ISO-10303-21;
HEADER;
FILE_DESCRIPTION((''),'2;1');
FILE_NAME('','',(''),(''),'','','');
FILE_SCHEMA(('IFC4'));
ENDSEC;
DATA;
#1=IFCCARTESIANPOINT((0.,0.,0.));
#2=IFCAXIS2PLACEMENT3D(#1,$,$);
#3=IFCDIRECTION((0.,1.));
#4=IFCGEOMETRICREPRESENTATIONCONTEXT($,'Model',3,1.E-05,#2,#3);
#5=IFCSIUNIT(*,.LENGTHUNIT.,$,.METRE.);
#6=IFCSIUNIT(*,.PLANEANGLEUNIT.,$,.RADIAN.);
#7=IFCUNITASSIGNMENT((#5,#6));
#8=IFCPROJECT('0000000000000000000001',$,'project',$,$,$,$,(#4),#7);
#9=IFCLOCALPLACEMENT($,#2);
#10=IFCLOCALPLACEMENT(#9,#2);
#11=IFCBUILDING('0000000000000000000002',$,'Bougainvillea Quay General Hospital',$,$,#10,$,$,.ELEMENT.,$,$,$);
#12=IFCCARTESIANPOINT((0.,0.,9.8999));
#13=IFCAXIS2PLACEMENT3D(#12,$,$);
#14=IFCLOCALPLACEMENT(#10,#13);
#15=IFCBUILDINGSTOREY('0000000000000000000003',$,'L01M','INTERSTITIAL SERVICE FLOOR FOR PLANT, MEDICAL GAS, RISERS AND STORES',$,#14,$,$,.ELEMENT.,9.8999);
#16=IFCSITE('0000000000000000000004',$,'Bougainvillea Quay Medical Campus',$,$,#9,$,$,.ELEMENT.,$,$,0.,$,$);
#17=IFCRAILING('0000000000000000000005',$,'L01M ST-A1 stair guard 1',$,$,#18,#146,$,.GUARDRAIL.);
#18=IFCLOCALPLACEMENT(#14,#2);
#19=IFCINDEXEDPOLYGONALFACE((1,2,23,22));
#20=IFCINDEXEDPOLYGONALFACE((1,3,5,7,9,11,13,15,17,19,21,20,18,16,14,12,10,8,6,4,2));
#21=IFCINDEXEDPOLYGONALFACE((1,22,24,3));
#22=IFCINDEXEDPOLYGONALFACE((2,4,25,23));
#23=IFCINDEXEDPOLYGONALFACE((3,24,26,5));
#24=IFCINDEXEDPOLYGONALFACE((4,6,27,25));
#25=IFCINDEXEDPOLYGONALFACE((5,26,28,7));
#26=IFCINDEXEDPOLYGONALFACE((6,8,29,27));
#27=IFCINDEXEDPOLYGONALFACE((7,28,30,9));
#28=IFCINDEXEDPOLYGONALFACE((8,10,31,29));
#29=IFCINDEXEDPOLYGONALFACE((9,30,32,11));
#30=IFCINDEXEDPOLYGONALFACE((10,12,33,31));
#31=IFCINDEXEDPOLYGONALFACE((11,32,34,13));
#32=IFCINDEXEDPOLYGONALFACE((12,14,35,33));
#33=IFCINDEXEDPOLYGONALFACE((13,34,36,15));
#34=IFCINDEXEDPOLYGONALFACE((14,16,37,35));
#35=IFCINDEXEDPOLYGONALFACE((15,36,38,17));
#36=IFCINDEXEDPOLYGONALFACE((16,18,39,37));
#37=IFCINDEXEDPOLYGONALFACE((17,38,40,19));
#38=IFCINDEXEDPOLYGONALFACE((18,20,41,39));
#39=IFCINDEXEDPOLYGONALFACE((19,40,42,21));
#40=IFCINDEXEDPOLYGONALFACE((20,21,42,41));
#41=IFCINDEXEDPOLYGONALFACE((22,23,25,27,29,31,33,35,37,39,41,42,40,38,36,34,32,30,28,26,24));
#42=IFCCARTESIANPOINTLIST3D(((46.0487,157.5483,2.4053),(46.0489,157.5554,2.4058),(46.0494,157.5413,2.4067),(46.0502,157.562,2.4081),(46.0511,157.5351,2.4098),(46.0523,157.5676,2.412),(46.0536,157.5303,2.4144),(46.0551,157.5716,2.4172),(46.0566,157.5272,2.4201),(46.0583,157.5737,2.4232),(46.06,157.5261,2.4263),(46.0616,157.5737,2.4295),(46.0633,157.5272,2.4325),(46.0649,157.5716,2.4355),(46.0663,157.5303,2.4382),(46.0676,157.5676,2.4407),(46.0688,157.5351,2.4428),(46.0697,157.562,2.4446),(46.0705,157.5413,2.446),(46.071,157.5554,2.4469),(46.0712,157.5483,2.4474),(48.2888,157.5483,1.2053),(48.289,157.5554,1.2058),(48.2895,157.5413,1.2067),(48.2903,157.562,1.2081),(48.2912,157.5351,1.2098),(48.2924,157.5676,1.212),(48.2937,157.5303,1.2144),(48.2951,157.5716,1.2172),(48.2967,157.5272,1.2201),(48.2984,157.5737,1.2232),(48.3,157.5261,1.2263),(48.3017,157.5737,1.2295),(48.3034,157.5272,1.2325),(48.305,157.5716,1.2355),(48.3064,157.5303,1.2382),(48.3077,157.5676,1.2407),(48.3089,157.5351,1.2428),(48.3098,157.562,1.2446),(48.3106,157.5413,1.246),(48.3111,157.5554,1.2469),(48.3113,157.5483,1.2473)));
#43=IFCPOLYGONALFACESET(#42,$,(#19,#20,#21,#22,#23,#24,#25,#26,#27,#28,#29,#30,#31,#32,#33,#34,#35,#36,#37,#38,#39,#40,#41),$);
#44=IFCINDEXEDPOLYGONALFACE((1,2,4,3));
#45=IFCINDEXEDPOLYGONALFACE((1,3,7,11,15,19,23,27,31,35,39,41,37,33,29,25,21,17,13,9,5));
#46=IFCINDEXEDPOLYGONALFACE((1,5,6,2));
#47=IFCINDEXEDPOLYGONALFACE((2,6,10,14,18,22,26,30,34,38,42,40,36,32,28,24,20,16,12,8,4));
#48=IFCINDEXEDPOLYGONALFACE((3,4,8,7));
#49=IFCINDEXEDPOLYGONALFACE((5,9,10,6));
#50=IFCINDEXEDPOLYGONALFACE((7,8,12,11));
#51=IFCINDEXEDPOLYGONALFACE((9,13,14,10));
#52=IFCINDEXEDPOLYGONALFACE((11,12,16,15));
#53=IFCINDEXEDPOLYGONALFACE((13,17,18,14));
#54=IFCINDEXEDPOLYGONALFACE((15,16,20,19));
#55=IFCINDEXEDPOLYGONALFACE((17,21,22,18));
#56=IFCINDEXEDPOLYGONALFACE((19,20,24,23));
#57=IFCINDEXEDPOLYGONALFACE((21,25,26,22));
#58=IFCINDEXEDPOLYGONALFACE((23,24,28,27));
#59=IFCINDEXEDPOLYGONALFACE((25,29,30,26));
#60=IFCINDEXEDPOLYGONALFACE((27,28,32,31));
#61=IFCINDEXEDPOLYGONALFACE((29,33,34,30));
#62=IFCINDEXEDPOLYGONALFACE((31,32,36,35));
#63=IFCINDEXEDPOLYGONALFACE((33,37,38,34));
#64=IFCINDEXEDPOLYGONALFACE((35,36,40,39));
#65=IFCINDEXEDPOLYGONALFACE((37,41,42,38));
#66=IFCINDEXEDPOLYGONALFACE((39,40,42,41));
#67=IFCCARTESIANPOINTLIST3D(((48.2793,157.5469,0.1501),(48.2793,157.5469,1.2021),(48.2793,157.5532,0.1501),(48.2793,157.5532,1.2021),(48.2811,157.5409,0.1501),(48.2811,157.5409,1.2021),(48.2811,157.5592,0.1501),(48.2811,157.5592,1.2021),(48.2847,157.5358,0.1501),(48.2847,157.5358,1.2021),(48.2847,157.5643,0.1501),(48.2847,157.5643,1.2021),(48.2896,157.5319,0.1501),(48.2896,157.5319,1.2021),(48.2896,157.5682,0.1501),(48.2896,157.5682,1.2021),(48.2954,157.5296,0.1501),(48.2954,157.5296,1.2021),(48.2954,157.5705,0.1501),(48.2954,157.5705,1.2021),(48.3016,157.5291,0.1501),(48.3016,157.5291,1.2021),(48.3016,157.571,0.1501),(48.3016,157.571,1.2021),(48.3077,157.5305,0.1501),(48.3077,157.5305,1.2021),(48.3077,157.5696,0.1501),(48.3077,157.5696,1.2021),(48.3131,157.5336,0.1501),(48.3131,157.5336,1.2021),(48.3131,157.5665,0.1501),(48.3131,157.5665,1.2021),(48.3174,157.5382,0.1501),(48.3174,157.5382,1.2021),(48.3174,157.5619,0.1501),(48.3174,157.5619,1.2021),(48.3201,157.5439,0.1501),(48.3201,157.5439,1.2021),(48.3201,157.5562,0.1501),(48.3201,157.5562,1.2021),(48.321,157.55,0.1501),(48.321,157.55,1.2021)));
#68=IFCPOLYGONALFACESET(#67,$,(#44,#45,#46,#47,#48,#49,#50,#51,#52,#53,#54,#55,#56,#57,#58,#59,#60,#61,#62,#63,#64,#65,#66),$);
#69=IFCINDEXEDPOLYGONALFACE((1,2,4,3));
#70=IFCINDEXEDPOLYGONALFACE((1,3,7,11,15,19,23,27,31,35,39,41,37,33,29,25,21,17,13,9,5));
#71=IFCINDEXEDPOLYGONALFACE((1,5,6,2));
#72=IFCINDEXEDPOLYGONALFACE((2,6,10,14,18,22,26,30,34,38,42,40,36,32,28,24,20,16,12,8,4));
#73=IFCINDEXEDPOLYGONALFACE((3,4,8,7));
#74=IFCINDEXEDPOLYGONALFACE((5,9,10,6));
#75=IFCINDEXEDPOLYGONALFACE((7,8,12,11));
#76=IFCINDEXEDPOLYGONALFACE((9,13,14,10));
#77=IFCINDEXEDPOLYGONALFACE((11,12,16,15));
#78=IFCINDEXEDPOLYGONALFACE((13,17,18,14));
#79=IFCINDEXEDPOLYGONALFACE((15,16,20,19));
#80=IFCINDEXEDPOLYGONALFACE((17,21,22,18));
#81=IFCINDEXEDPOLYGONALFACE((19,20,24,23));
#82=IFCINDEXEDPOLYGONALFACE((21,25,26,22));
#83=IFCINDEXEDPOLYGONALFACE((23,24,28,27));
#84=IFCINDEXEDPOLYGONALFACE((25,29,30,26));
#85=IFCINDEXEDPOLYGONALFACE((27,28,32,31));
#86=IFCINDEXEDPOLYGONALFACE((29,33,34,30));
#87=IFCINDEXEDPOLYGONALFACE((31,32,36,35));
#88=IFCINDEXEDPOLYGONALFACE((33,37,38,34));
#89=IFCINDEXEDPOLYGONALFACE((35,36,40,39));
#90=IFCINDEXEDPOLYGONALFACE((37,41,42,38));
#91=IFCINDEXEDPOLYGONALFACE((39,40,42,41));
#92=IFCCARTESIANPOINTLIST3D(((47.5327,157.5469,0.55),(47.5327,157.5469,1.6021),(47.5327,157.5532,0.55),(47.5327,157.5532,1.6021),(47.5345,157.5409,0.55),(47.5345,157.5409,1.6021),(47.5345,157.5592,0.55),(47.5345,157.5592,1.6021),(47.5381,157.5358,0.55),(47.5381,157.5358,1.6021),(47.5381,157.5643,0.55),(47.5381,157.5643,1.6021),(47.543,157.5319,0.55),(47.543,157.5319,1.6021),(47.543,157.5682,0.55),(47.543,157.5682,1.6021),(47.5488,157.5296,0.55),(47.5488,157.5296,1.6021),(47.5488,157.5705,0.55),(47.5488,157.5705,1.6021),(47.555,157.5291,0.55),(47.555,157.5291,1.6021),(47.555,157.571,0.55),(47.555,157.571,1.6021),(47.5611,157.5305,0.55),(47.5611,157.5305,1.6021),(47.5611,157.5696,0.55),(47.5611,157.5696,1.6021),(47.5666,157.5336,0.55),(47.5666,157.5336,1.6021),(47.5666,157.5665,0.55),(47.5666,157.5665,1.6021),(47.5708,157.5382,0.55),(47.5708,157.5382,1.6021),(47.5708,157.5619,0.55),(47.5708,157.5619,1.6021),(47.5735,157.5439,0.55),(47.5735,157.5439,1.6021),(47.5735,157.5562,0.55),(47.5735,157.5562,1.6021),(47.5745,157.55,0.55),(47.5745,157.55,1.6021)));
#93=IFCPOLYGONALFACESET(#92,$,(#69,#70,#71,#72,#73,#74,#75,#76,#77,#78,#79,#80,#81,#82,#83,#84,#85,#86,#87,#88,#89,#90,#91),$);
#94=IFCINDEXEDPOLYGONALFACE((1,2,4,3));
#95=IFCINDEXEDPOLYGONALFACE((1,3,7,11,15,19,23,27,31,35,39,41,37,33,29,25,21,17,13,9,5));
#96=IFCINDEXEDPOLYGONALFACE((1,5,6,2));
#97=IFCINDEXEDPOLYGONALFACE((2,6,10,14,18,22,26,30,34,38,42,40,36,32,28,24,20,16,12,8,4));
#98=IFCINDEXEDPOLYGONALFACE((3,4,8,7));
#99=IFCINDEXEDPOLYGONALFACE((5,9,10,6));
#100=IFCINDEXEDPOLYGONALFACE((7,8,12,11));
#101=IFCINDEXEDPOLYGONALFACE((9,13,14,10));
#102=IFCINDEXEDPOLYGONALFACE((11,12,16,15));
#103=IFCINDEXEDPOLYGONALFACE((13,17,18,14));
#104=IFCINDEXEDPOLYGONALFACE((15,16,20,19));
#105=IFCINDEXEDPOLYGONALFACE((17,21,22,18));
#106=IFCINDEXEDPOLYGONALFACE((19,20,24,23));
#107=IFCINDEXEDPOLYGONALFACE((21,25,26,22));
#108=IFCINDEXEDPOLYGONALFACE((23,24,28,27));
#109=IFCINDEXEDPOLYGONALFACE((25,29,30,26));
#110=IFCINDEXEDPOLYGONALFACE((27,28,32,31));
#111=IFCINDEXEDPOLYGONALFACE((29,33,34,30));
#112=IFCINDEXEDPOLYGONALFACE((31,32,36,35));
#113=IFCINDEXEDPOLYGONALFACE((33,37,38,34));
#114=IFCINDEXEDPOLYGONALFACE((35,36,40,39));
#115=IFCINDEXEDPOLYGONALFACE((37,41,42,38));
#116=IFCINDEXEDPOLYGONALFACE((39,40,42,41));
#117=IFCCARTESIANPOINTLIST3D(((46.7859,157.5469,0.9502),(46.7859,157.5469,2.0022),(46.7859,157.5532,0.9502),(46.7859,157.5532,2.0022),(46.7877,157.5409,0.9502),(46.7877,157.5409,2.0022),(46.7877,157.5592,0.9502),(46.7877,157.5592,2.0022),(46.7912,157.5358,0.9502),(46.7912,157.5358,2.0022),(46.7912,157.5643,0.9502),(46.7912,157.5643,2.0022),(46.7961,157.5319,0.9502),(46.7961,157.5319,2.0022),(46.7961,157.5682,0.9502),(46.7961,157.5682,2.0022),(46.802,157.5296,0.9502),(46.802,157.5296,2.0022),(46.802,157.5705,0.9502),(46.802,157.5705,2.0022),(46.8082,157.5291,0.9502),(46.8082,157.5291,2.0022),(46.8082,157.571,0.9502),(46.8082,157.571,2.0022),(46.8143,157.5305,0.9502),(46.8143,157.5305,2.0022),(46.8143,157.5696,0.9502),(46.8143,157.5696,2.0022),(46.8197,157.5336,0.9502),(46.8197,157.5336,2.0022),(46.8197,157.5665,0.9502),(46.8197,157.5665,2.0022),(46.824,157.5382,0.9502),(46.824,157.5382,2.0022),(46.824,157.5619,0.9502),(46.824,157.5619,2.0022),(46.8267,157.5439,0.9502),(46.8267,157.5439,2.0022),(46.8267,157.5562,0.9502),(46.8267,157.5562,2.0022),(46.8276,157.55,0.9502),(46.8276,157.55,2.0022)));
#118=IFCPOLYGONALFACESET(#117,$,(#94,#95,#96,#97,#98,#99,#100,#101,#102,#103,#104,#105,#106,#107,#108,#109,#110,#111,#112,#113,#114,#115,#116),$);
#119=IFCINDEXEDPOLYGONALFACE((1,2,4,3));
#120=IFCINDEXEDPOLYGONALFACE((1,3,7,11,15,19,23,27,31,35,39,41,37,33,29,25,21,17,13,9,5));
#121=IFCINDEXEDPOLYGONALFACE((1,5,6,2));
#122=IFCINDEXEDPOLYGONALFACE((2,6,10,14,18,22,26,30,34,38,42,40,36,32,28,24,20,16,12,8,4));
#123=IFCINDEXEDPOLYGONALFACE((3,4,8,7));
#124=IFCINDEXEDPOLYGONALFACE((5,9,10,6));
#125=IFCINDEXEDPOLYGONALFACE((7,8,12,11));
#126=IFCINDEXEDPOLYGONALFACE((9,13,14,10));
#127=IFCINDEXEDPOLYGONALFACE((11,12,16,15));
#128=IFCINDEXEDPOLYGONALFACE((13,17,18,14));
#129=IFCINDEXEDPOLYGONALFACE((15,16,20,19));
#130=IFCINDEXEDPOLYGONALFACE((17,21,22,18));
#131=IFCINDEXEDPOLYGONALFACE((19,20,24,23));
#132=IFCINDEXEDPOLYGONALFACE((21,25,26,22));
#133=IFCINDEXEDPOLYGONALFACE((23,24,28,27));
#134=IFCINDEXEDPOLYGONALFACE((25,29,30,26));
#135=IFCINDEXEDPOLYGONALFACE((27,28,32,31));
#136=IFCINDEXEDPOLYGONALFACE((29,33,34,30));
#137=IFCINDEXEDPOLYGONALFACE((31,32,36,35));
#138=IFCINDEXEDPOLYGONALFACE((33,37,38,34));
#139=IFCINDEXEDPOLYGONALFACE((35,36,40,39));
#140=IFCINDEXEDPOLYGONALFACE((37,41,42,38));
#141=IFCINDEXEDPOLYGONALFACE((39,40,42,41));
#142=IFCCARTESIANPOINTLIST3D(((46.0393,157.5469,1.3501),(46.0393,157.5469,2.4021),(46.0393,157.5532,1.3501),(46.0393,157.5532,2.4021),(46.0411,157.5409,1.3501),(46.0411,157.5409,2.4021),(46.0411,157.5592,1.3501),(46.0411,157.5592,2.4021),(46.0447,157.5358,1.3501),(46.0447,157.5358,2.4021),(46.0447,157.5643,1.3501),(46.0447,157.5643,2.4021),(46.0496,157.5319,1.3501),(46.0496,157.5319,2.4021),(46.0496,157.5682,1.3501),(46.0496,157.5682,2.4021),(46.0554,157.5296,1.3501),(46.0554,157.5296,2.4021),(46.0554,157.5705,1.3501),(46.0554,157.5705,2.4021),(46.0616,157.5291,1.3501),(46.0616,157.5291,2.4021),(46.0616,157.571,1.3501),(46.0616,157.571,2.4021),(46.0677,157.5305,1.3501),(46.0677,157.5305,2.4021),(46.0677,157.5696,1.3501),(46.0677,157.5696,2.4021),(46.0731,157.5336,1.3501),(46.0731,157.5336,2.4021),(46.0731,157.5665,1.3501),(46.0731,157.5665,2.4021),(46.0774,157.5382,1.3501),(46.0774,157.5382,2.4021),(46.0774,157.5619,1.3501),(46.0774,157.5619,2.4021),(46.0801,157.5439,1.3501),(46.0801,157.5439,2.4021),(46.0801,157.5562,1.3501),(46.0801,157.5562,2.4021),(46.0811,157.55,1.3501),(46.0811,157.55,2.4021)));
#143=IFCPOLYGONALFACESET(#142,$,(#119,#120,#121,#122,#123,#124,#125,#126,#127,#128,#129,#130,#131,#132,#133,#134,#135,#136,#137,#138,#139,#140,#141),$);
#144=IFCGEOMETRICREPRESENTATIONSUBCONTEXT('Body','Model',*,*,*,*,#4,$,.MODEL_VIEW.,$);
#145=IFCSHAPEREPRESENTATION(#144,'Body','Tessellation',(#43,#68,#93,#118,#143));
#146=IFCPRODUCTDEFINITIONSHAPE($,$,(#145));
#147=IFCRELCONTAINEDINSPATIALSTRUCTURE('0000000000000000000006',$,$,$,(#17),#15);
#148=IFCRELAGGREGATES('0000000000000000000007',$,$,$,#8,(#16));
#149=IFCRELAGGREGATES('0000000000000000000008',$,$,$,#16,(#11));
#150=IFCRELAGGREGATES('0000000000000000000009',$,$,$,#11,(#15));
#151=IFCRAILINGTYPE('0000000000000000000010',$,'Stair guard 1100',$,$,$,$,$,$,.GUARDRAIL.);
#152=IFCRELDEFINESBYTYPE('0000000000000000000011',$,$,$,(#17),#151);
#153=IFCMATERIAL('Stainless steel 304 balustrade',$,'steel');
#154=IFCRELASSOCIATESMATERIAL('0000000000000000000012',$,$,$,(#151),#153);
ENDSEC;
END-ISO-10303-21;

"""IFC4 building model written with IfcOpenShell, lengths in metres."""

from ifc_helpers import new_model, si_unit, direction, frame, origin, origin_2d, place, context, subcontext, project, spatial, circle, extrude, material, type_object, element, save


model = new_model("IFC4")

# Units and contexts
model_context = context("Model", 3, precision=1e-05, world=origin(), true_north=direction((0.0, 1.0)))
body_context = subcontext(model_context, "Body", "Model", "MODEL_VIEW")
ifc_project = project(units=[si_unit("LENGTHUNIT", "METRE"), si_unit("PLANEANGLEUNIT", "RADIAN")], contexts=[model_context])

# Site, building, storey
site_placement = place(None, origin())
site = spatial("IfcSite", under=ifc_project, at=site_placement, Name="Bougainvillea Quay Medical Campus", CompositionType="ELEMENT", RefElevation=0.0)
building_placement = place(site_placement, origin())
building = spatial("IfcBuilding", under=site, at=building_placement, Name="Bougainvillea Quay General Hospital", CompositionType="ELEMENT")
storey_placement = place(building_placement, frame((0.0, 0.0, 9.8999)))
storey = spatial("IfcBuildingStorey", under=building, at=storey_placement, Name="L01M", Description="INTERSTITIAL SERVICE FLOOR FOR PLANT, MEDICAL GAS, RISERS AND STORES", CompositionType="ELEMENT", Elevation=9.8999)

# Railing
ifc_material_1 = material(Name="Stainless steel 304 balustrade", Category="steel")
railing_type_1 = type_object("IfcRailingType", Name="Stair guard 1100", PredefinedType="GUARDRAIL", material=ifc_material_1)
railing_1_placement = place(storey_placement, frame((48.3, 157.55, 0.1501)))
element("IfcRailing", 1, at=railing_1_placement, inside=storey, type_object=railing_type_1, Name="L01M ST-A1 stair guard 1", PredefinedType="GUARDRAIL", context=body_context, shape_type="SweptSolid", body=[
    extrude(circle(Radius=0.0239, at=origin_2d()), frame((0.0, 0.0, 1.0762), z_axis=(-0.881487, 0.0, 0.472208), x_axis=(0.0, -1.0, 0.0)), (0.0, 0.0, 1.0), 2.5413),
    extrude(circle(Radius=0.021, at=origin_2d()), origin(), (0.0, 0.0, 1.0), 1.052),
    extrude(circle(Radius=0.021, at=origin_2d()), frame((-0.7466, 0.0, 0.3999)), (0.0, 0.0, 1.0), 1.052),
    extrude(circle(Radius=0.021, at=origin_2d()), frame((-1.4934, 0.0, 0.8)), (0.0, 0.0, 1.0), 1.052),
    extrude(circle(Radius=0.021, at=origin_2d()), frame((-2.24, 0.0, 1.2)), (0.0, 0.0, 1.0), 1.052),
])

save(model, "model.ifc")
